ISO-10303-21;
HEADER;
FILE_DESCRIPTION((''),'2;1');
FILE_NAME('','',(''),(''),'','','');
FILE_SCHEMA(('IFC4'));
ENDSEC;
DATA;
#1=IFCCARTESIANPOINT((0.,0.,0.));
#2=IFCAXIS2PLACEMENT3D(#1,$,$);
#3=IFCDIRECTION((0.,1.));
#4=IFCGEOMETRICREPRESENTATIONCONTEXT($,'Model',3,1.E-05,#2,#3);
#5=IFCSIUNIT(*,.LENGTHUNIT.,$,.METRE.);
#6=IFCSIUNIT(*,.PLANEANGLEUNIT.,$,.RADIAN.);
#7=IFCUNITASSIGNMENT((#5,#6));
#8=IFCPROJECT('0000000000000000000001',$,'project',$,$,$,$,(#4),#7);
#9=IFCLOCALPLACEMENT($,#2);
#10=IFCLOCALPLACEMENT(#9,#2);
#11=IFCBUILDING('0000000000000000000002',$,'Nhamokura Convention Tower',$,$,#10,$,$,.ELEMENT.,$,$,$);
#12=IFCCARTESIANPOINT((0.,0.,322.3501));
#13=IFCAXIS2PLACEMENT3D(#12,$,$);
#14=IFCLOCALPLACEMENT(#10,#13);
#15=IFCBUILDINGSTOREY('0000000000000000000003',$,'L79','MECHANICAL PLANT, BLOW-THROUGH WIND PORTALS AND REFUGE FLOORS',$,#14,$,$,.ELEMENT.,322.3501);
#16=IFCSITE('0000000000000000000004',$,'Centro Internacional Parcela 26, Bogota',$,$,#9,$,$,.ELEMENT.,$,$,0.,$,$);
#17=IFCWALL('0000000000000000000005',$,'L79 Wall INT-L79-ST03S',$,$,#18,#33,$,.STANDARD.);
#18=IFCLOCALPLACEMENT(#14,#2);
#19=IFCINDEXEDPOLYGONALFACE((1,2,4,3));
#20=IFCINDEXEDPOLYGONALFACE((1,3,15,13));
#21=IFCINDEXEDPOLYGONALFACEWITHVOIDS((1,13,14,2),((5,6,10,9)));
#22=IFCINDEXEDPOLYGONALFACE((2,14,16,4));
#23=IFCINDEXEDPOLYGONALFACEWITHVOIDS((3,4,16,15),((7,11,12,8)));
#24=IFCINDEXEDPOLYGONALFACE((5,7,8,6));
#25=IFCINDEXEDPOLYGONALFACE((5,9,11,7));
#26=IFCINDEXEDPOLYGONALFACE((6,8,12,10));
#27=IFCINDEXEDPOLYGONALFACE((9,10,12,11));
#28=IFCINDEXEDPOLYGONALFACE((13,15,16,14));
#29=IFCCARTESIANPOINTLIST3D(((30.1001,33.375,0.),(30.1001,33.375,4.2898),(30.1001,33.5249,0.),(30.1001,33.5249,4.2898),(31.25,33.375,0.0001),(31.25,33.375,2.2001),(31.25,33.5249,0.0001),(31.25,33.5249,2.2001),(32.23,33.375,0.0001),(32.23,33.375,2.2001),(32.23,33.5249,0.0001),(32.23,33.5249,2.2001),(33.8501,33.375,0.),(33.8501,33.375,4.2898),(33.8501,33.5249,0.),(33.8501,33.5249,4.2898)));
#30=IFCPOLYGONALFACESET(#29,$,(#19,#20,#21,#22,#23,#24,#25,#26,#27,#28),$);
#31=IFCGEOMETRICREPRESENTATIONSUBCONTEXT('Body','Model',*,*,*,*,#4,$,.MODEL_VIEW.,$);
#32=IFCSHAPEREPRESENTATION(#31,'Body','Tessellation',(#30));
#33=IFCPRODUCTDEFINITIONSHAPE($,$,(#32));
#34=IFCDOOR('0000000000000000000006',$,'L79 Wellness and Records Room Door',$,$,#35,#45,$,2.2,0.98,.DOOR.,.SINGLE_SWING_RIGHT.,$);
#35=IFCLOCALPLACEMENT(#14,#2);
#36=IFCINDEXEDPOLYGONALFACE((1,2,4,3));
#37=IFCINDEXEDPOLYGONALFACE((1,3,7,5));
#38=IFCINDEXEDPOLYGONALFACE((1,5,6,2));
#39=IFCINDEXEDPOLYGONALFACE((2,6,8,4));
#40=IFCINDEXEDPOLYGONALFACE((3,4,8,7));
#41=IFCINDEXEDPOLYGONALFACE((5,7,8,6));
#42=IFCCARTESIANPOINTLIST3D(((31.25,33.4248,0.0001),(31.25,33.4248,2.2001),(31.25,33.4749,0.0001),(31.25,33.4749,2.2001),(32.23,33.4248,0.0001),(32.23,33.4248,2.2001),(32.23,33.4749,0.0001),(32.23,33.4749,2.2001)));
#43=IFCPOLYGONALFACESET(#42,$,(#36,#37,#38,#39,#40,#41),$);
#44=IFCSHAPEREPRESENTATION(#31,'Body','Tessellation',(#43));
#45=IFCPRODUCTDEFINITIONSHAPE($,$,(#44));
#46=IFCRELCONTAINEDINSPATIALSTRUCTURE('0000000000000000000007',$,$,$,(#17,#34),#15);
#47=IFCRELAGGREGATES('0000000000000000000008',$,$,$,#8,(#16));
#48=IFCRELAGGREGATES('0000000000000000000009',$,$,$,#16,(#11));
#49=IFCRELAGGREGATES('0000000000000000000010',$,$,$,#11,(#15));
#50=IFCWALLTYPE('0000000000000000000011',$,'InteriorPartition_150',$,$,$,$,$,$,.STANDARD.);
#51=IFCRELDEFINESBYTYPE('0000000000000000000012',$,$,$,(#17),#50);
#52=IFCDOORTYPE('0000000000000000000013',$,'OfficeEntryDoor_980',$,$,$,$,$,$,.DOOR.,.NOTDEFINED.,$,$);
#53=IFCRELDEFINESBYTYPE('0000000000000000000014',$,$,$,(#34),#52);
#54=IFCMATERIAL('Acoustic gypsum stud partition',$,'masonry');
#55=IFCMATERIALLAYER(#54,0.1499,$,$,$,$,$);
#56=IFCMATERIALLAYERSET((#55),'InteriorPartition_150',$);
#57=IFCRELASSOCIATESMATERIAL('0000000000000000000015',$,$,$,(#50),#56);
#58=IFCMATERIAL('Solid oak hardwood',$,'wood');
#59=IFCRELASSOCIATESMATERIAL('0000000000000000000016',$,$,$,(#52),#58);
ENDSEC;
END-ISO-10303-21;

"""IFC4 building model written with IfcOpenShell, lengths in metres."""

from ifc_helpers import new_model, si_unit, direction, frame, frame_2d, origin, place, context, subcontext, project, spatial, rectangle, extrude, material, layer, layer_set, type_object, element, fill, save


model = new_model("IFC4")

# Units and contexts
model_context = context("Model", 3, precision=1e-05, world=origin(), true_north=direction((0.0, 1.0)))
body_context = subcontext(model_context, "Body", "Model", "MODEL_VIEW")
ifc_project = project(units=[si_unit("LENGTHUNIT", "METRE"), si_unit("PLANEANGLEUNIT", "RADIAN")], contexts=[model_context])

# Site, building, storey
site_placement = place(None, origin())
site = spatial("IfcSite", under=ifc_project, at=site_placement, Name="Centro Internacional Parcela 26, Bogota", CompositionType="ELEMENT", RefElevation=0.0)
building_placement = place(site_placement, origin())
building = spatial("IfcBuilding", under=site, at=building_placement, Name="Nhamokura Convention Tower", CompositionType="ELEMENT")
storey_placement = place(building_placement, frame((0.0, 0.0, 322.3501)))
storey = spatial("IfcBuildingStorey", under=building, at=storey_placement, Name="L79", Description="MECHANICAL PLANT, BLOW-THROUGH WIND PORTALS AND REFUGE FLOORS", CompositionType="ELEMENT", Elevation=322.3501)

# Shared definitions
ifc_material_1 = material(Name="Acoustic gypsum stud partition", Category="masonry")
ifc_layer_1 = layer(ifc_material_1, 0.1499)
ifc_layer_set_1 = layer_set([ifc_layer_1], Name="InteriorPartition_150")
wall_type_1 = type_object("IfcWallType", Name="InteriorPartition_150", PredefinedType="STANDARD", material=ifc_layer_set_1)

# Wall, opening, door
wall_1_placement = place(storey_placement, frame((30.1001, 33.45, 0.0), z_axis=(0.0, 0.0, 1.0), x_axis=(1.0, 0.0, 0.0)))
wall_1 = element("IfcWall", 1, at=wall_1_placement, inside=storey, type_object=wall_type_1, Name="L79 Wall INT-L79-ST03S", PredefinedType="STANDARD", context=body_context, shape_type="SweptSolid", body=[
    extrude(rectangle(XDim=3.75, YDim=0.1499, at=frame_2d((1.875, 0.0))), origin(), (0.0, 0.0, 1.0), 4.2898),
])
opening_1_placement = place(wall_1_placement, frame((1.1499, 0.0, 0.0)))
opening_1 = element("IfcOpeningElement", 2, at=opening_1_placement, cuts=wall_1, PredefinedType="OPENING", context=body_context, shape_type="SweptSolid", body=[
    extrude(rectangle(XDim=0.98, YDim=2.2, at=frame_2d((0.49, 1.1001))), frame((0.0, 0.085, 0.0), z_axis=(0.0, -1.0, 0.0), x_axis=(1.0, 0.0, 0.0)), (0.0, 0.0, 1.0), 0.1699),
])
ifc_material_2 = material(Name="Solid oak hardwood", Category="wood")
door_type_1 = type_object("IfcDoorType", Name="OfficeEntryDoor_980", OperationType="NOTDEFINED", PredefinedType="DOOR", material=ifc_material_2)
door_1_placement = place(opening_1_placement, origin())
door_1 = element("IfcDoor", 3, at=door_1_placement, inside=storey, type_object=door_type_1, Name="L79 Wellness and Records Room Door", OperationType="SINGLE_SWING_RIGHT", OverallHeight=2.2, OverallWidth=0.98, PredefinedType="DOOR", context=body_context, shape_type="SweptSolid", body=[
    extrude(rectangle(XDim=0.98, YDim=2.2, at=frame_2d((0.49, 1.1001))), frame((0.0, 0.0249, 0.0), z_axis=(0.0, -1.0, 0.0), x_axis=(1.0, 0.0, 0.0)), (0.0, 0.0, 1.0), 0.05),
])
fill(opening_1, door_1)

save(model, "model.ifc")
